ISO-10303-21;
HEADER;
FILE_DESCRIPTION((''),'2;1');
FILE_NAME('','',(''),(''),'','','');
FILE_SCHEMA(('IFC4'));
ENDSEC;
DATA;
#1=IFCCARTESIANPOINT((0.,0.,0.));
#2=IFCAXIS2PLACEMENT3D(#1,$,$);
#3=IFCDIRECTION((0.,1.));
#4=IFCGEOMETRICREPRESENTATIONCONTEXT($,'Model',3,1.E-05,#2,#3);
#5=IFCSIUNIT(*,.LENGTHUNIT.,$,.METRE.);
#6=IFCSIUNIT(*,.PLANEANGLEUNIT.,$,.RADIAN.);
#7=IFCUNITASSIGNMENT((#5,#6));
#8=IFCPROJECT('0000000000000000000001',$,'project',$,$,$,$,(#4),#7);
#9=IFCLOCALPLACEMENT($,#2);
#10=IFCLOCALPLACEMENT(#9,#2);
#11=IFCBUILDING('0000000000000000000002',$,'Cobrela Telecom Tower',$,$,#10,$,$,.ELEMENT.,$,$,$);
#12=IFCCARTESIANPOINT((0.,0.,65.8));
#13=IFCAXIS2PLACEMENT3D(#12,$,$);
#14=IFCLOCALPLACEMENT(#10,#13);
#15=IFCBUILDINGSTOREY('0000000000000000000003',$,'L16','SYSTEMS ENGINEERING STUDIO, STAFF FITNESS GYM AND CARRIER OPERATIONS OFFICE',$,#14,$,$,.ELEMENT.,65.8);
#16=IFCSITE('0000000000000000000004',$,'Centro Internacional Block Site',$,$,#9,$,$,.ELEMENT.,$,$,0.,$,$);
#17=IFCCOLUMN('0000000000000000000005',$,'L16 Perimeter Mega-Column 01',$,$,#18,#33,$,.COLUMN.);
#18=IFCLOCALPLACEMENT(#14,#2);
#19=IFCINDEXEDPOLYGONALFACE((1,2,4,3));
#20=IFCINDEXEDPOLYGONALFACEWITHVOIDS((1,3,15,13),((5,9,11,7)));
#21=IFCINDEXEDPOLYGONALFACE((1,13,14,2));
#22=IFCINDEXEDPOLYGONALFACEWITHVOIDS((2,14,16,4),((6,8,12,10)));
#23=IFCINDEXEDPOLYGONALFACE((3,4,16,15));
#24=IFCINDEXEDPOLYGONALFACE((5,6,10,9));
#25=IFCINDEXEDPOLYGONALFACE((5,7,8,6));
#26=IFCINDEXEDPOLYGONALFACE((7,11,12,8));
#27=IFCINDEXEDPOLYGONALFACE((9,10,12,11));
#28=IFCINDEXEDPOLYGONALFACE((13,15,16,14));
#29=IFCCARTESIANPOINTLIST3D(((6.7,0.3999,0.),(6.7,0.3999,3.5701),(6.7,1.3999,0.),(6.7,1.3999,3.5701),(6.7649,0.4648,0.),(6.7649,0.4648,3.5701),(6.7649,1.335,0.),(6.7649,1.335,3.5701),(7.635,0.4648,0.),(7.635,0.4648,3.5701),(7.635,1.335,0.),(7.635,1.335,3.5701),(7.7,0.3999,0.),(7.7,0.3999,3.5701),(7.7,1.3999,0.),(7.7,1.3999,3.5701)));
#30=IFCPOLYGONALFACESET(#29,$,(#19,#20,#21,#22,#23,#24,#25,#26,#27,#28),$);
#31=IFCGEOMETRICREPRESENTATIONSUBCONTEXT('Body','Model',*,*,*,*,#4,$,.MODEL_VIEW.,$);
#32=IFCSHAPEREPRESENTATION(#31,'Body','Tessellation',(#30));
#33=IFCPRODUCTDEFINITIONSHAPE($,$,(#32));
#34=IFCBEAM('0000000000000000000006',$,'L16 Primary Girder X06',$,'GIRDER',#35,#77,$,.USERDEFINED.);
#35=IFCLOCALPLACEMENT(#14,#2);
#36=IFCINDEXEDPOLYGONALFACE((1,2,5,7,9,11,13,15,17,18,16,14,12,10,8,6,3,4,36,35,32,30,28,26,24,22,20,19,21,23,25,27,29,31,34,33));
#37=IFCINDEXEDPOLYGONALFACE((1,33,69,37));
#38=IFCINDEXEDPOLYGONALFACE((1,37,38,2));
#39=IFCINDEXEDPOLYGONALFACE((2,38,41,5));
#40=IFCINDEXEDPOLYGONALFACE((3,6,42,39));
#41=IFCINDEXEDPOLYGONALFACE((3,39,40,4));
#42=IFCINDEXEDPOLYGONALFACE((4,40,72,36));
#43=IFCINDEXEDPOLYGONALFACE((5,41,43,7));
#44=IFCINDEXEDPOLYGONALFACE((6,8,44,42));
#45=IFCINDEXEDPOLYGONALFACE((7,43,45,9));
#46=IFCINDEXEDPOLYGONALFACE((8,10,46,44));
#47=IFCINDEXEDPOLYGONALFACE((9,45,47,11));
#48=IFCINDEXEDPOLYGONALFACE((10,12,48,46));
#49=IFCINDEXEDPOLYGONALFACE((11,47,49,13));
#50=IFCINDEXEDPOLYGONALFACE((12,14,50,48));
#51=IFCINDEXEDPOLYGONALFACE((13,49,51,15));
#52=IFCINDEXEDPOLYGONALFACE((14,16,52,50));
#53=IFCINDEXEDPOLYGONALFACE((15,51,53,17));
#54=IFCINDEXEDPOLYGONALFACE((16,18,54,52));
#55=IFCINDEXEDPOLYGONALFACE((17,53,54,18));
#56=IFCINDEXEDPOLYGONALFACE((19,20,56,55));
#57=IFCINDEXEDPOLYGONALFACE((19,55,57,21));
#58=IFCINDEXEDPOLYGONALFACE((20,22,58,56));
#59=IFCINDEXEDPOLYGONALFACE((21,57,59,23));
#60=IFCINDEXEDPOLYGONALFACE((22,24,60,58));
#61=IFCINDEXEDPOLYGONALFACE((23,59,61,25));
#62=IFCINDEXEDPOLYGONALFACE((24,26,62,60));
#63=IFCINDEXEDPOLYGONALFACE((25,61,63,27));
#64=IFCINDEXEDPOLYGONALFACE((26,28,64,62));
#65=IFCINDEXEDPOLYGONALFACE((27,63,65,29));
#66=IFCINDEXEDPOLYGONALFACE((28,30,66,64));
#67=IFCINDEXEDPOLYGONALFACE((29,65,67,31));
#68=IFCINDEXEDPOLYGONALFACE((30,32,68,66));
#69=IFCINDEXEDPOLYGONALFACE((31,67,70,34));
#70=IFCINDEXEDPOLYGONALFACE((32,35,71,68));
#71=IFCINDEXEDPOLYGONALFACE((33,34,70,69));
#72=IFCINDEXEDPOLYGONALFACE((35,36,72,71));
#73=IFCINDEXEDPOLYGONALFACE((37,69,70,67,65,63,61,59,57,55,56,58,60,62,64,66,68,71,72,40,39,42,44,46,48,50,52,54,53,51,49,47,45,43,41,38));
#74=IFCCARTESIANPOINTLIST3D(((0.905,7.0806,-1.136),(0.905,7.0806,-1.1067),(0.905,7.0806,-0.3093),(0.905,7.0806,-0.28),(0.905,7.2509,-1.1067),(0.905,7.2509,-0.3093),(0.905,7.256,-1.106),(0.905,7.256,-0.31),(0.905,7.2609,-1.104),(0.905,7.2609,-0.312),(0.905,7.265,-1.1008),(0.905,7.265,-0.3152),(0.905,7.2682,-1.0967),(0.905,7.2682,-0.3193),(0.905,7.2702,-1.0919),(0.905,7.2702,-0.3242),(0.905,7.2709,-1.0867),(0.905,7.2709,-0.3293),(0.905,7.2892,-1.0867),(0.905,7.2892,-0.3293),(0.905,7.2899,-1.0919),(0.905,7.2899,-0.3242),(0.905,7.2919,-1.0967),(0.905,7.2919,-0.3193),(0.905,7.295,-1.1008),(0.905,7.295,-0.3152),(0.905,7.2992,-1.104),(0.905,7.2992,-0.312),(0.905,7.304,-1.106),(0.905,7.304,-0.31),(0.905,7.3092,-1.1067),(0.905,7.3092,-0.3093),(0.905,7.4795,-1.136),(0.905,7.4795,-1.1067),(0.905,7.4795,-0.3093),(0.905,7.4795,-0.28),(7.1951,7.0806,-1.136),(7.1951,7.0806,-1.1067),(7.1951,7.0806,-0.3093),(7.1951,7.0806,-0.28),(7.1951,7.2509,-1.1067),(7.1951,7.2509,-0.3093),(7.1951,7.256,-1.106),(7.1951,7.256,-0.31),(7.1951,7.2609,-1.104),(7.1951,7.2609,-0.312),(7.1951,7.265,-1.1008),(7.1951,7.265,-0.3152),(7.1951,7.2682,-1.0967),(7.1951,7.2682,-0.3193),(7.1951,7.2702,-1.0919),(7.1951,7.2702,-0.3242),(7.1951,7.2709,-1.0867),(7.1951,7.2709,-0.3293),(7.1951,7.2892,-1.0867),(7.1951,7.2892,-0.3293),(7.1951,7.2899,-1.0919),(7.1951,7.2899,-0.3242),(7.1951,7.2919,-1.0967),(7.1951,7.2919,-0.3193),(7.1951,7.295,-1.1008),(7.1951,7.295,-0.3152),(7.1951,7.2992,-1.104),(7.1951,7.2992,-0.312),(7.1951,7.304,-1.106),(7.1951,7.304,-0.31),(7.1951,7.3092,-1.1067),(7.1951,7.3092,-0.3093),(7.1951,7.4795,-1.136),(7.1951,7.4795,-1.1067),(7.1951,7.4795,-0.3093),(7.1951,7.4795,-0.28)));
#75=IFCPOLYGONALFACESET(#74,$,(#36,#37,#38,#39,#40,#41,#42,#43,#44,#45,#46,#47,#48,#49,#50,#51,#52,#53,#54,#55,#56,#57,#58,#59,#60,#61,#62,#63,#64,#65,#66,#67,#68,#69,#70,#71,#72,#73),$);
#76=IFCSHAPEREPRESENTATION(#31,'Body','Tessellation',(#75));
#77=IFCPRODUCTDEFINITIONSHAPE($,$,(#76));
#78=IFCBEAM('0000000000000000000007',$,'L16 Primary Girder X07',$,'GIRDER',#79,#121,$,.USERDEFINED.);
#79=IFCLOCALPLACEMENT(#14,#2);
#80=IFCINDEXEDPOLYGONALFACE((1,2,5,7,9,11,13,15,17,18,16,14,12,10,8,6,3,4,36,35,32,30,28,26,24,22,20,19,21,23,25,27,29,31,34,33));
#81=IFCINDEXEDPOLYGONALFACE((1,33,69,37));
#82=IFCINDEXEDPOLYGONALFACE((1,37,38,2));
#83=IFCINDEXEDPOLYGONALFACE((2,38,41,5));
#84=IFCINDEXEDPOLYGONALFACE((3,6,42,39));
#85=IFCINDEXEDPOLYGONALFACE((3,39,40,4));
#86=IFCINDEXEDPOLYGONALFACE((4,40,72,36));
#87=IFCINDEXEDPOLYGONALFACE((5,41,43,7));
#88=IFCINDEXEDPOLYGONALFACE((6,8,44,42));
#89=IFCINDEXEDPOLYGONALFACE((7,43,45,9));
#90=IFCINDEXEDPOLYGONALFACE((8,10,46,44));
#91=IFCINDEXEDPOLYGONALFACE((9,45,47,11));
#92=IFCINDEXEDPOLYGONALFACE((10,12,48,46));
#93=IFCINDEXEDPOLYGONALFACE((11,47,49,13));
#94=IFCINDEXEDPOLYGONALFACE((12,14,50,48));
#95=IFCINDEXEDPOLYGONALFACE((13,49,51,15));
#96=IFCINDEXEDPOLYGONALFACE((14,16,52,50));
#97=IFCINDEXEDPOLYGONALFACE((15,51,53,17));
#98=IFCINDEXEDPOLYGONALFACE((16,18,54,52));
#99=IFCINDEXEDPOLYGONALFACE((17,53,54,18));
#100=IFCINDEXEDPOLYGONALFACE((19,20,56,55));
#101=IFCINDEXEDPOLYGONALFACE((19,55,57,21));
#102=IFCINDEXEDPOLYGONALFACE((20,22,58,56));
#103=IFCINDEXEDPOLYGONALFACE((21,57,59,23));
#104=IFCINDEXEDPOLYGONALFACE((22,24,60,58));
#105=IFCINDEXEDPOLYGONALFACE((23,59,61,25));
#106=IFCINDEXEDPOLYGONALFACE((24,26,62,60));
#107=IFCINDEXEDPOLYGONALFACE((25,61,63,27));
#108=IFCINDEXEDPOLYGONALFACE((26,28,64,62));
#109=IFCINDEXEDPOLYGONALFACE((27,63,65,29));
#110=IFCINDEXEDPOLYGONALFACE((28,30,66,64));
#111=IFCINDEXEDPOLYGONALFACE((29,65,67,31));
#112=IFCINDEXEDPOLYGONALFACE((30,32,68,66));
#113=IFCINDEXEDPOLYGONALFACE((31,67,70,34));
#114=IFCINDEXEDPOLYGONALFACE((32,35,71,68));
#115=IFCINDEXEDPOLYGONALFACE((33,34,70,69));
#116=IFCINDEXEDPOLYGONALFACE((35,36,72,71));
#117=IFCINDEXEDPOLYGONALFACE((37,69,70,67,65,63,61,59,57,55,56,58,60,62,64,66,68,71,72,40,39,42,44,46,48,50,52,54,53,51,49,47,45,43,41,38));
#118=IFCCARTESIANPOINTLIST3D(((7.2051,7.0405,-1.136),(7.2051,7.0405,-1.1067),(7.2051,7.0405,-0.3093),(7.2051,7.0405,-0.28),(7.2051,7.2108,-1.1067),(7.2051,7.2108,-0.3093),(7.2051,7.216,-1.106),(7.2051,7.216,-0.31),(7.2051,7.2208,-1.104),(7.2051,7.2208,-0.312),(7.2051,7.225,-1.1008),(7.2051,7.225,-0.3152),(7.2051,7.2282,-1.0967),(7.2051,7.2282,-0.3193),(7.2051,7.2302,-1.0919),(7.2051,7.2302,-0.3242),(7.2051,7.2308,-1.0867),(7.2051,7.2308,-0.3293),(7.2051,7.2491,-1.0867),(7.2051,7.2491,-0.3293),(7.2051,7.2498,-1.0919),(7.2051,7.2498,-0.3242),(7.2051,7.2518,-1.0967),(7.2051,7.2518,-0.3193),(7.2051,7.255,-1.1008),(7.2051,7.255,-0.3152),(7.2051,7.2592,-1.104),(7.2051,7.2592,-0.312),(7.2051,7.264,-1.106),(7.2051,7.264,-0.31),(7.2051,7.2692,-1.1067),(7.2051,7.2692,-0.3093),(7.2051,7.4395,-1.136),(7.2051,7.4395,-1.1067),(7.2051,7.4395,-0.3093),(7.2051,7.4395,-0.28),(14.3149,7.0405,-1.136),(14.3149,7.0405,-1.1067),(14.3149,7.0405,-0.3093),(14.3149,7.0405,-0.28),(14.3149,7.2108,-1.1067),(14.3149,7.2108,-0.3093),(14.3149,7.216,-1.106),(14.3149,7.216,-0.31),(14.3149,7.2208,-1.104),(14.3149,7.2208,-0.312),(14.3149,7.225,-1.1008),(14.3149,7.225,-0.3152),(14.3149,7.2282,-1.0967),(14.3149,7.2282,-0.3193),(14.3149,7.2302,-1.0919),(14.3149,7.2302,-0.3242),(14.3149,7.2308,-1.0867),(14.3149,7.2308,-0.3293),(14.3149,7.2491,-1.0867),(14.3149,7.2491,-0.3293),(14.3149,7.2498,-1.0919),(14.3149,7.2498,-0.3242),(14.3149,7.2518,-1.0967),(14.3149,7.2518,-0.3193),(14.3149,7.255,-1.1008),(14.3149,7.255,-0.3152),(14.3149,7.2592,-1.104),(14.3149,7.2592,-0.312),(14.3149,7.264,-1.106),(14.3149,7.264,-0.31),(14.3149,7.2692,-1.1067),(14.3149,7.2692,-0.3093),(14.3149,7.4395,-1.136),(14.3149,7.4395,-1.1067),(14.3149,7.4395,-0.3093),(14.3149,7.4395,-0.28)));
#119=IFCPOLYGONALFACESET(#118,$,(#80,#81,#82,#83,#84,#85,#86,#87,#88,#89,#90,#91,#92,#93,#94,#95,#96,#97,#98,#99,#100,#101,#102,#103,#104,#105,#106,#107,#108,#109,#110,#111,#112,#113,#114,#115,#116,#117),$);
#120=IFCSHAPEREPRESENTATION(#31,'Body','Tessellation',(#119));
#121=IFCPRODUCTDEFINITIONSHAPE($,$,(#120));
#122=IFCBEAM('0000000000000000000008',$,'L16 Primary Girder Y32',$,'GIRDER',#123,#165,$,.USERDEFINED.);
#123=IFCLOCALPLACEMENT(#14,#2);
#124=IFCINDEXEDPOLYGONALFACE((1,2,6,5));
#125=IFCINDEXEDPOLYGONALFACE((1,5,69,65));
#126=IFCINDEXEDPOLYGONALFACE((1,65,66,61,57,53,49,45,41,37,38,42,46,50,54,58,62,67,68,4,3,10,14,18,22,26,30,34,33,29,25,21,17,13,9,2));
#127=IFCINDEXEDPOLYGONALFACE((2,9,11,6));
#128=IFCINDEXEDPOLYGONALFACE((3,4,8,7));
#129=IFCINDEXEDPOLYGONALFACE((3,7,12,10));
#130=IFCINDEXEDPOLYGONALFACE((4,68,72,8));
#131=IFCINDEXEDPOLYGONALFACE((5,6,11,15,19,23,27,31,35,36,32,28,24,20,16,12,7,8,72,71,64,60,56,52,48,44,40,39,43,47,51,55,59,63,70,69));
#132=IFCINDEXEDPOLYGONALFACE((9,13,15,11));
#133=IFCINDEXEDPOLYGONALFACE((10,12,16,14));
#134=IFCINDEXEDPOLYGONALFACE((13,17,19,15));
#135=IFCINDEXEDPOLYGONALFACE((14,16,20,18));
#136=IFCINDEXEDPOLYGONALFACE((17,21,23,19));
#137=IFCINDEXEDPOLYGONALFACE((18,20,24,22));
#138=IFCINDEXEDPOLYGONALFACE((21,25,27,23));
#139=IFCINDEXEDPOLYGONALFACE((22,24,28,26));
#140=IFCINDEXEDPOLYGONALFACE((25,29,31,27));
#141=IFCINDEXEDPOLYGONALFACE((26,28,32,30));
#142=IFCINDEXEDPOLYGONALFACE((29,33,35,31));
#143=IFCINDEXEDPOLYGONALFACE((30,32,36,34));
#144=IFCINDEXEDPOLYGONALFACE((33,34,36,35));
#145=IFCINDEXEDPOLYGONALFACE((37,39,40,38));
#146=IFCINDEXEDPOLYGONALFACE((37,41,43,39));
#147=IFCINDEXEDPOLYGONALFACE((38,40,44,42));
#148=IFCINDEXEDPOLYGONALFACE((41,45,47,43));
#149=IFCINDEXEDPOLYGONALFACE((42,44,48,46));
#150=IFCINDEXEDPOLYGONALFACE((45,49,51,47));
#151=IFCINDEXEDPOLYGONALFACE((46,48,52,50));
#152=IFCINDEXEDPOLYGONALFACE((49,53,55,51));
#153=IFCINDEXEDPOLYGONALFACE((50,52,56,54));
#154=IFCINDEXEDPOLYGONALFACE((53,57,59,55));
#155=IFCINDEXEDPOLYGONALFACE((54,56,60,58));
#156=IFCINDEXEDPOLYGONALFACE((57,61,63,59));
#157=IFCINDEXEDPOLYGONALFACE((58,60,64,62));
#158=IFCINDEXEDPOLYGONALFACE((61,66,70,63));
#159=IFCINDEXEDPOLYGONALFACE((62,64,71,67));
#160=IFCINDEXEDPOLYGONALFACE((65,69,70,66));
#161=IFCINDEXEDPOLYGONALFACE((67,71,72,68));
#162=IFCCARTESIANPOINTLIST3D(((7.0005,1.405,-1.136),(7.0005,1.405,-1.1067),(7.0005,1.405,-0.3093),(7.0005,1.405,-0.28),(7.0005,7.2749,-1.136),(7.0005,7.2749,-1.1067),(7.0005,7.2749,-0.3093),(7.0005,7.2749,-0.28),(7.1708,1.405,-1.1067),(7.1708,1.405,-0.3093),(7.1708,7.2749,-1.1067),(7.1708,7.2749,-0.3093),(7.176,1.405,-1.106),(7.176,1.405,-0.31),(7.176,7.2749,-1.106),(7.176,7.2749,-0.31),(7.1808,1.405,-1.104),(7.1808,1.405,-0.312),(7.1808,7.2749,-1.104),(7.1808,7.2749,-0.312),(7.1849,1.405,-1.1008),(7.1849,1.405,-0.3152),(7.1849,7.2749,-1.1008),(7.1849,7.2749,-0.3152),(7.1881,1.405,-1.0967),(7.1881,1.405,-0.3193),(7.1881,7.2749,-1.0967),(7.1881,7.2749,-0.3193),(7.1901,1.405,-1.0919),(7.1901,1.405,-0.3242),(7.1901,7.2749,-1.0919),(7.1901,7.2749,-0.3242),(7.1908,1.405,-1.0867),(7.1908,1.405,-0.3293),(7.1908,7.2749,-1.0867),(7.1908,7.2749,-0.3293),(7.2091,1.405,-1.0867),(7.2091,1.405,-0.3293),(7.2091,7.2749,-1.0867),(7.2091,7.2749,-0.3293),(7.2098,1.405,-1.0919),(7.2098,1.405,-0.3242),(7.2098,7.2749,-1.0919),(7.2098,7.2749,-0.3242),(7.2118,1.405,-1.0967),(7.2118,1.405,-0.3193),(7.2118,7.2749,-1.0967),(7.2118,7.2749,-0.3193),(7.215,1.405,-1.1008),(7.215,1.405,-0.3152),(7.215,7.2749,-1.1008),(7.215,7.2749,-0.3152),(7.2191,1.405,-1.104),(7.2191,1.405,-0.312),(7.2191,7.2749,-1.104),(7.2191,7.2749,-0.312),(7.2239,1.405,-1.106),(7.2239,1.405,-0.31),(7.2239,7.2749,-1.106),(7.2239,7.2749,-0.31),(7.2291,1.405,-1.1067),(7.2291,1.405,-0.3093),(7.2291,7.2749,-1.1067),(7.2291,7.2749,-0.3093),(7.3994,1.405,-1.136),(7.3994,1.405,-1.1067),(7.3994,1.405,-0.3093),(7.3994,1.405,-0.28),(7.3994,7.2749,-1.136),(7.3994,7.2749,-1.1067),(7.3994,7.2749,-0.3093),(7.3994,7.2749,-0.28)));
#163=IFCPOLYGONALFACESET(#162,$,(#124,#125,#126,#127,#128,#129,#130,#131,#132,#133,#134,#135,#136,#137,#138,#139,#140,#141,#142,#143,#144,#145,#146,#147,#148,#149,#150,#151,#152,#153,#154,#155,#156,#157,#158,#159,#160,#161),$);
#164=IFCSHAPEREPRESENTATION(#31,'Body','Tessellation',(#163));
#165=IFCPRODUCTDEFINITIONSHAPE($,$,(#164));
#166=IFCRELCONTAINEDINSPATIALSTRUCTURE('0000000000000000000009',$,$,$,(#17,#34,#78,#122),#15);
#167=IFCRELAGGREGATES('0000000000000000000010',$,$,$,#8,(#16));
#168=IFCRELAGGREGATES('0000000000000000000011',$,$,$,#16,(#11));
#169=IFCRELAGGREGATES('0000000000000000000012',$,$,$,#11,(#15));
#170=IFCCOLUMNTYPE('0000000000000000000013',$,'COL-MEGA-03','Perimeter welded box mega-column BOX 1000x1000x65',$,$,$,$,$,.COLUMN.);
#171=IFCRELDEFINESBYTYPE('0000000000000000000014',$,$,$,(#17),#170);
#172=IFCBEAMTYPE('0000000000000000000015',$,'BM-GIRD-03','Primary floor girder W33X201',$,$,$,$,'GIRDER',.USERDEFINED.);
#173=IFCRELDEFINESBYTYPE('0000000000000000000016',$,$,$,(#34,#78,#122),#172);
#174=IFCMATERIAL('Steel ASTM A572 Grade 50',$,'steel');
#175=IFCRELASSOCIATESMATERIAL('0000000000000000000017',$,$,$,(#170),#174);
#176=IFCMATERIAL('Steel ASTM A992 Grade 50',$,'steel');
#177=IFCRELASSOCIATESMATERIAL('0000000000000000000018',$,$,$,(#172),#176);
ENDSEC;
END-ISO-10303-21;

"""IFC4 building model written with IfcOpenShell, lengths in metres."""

from ifc_helpers import new_model, si_unit, direction, frame, origin, origin_2d, place, context, subcontext, project, spatial, hollow_rectangle, i_section, extrude, material, material_profile, profile_set, type_object, element, save


model = new_model("IFC4")

# Units and contexts
model_context = context("Model", 3, precision=1e-05, world=origin(), true_north=direction((0.0, 1.0)))
body_context = subcontext(model_context, "Body", "Model", "MODEL_VIEW")
ifc_project = project(units=[si_unit("LENGTHUNIT", "METRE"), si_unit("PLANEANGLEUNIT", "RADIAN")], contexts=[model_context])

# Site, building, storey
site_placement = place(None, origin())
site = spatial("IfcSite", under=ifc_project, at=site_placement, Name="Centro Internacional Block Site", CompositionType="ELEMENT", RefElevation=0.0)
building_placement = place(site_placement, origin())
building = spatial("IfcBuilding", under=site, at=building_placement, Name="Cobrela Telecom Tower", CompositionType="ELEMENT")
storey_placement = place(building_placement, frame((0.0, 0.0, 65.8)))
storey = spatial("IfcBuildingStorey", under=building, at=storey_placement, Name="L16", Description="SYSTEMS ENGINEERING STUDIO, STAFF FITNESS GYM AND CARRIER OPERATIONS OFFICE", CompositionType="ELEMENT", Elevation=65.8)

# Column
ifc_material_1 = material(Name="Steel ASTM A572 Grade 50", Category="steel")
ifc_material_profile_1 = material_profile(ifc_material_1, hollow_rectangle(XDim=1.0, YDim=1.0, WallThickness=0.0649, at=origin_2d()), Name="BOX 1000x1000x65")
ifc_profile_set_1 = profile_set([ifc_material_profile_1], Name="Steel ASTM A572 Grade 50")
column_type = type_object("IfcColumnType", Name="COL-MEGA-03", Description="Perimeter welded box mega-column BOX 1000x1000x65", PredefinedType="COLUMN", material=ifc_profile_set_1)
column_placement = place(storey_placement, frame((7.2, 0.8999, 0.0), z_axis=(0.0, 0.0, 1.0), x_axis=(1.0, 0.0, 0.0)))
element("IfcColumn", 1, at=column_placement, inside=storey, type_object=column_type, Name="L16 Perimeter Mega-Column 01", PredefinedType="COLUMN", context=body_context, shape_type="SweptSolid", body=[
    extrude(hollow_rectangle(XDim=1.0, YDim=1.0, WallThickness=0.0649, at=origin_2d()), origin(), (0.0, 0.0, 1.0), 3.5701),
])

# Beams
ifc_material_2 = material(Name="Steel ASTM A992 Grade 50", Category="steel")
ifc_material_profile_2 = material_profile(ifc_material_2, i_section(OverallWidth=0.3989, OverallDepth=0.856, WebThickness=0.0183, FlangeThickness=0.0293, FilletRadius=0.02, at=origin_2d()), Name="W33X201")
ifc_profile_set_2 = profile_set([ifc_material_profile_2], Name="Steel ASTM A992 Grade 50")
beam_type_1 = type_object("IfcBeamType", Name="BM-GIRD-03", Description="Primary floor girder W33X201", ElementType="GIRDER", PredefinedType="USERDEFINED", material=ifc_profile_set_2)
beam_1_placement = place(storey_placement, frame((0.905, 7.28, -0.708), z_axis=(1.0, 0.0, 0.0), x_axis=(0.0, 1.0, 0.0)))
element("IfcBeam", 2, at=beam_1_placement, inside=storey, type_object=beam_type_1, Name="L16 Primary Girder X06", ObjectType="GIRDER", PredefinedType="USERDEFINED", context=body_context, shape_type="SweptSolid", body=[
    extrude(i_section(OverallWidth=0.3989, OverallDepth=0.856, WebThickness=0.0183, FlangeThickness=0.0293, FilletRadius=0.02, at=origin_2d()), origin(), (0.0, 0.0, 1.0), 6.29),
])
beam_2_placement = place(storey_placement, frame((7.2051, 7.24, -0.708), z_axis=(1.0, 0.0, 0.0), x_axis=(0.0, 1.0, 0.0)))
element("IfcBeam", 3, at=beam_2_placement, inside=storey, type_object=beam_type_1, Name="L16 Primary Girder X07", ObjectType="GIRDER", PredefinedType="USERDEFINED", context=body_context, shape_type="SweptSolid", body=[
    extrude(i_section(OverallWidth=0.3989, OverallDepth=0.856, WebThickness=0.0183, FlangeThickness=0.0293, FilletRadius=0.02, at=origin_2d()), origin(), (0.0, 0.0, 1.0), 7.1099),
])
beam_3_placement = place(storey_placement, frame((7.2, 1.405, -0.708), z_axis=(0.0, 1.0, 0.0), x_axis=(-1.0, 0.0, 0.0)))
element("IfcBeam", 4, at=beam_3_placement, inside=storey, type_object=beam_type_1, Name="L16 Primary Girder Y32", ObjectType="GIRDER", PredefinedType="USERDEFINED", context=body_context, shape_type="SweptSolid", body=[
    extrude(i_section(OverallWidth=0.3989, OverallDepth=0.856, WebThickness=0.0183, FlangeThickness=0.0293, FilletRadius=0.02, at=origin_2d()), origin(), (0.0, 0.0, 1.0), 5.8699),
])

save(model, "model.ifc")
